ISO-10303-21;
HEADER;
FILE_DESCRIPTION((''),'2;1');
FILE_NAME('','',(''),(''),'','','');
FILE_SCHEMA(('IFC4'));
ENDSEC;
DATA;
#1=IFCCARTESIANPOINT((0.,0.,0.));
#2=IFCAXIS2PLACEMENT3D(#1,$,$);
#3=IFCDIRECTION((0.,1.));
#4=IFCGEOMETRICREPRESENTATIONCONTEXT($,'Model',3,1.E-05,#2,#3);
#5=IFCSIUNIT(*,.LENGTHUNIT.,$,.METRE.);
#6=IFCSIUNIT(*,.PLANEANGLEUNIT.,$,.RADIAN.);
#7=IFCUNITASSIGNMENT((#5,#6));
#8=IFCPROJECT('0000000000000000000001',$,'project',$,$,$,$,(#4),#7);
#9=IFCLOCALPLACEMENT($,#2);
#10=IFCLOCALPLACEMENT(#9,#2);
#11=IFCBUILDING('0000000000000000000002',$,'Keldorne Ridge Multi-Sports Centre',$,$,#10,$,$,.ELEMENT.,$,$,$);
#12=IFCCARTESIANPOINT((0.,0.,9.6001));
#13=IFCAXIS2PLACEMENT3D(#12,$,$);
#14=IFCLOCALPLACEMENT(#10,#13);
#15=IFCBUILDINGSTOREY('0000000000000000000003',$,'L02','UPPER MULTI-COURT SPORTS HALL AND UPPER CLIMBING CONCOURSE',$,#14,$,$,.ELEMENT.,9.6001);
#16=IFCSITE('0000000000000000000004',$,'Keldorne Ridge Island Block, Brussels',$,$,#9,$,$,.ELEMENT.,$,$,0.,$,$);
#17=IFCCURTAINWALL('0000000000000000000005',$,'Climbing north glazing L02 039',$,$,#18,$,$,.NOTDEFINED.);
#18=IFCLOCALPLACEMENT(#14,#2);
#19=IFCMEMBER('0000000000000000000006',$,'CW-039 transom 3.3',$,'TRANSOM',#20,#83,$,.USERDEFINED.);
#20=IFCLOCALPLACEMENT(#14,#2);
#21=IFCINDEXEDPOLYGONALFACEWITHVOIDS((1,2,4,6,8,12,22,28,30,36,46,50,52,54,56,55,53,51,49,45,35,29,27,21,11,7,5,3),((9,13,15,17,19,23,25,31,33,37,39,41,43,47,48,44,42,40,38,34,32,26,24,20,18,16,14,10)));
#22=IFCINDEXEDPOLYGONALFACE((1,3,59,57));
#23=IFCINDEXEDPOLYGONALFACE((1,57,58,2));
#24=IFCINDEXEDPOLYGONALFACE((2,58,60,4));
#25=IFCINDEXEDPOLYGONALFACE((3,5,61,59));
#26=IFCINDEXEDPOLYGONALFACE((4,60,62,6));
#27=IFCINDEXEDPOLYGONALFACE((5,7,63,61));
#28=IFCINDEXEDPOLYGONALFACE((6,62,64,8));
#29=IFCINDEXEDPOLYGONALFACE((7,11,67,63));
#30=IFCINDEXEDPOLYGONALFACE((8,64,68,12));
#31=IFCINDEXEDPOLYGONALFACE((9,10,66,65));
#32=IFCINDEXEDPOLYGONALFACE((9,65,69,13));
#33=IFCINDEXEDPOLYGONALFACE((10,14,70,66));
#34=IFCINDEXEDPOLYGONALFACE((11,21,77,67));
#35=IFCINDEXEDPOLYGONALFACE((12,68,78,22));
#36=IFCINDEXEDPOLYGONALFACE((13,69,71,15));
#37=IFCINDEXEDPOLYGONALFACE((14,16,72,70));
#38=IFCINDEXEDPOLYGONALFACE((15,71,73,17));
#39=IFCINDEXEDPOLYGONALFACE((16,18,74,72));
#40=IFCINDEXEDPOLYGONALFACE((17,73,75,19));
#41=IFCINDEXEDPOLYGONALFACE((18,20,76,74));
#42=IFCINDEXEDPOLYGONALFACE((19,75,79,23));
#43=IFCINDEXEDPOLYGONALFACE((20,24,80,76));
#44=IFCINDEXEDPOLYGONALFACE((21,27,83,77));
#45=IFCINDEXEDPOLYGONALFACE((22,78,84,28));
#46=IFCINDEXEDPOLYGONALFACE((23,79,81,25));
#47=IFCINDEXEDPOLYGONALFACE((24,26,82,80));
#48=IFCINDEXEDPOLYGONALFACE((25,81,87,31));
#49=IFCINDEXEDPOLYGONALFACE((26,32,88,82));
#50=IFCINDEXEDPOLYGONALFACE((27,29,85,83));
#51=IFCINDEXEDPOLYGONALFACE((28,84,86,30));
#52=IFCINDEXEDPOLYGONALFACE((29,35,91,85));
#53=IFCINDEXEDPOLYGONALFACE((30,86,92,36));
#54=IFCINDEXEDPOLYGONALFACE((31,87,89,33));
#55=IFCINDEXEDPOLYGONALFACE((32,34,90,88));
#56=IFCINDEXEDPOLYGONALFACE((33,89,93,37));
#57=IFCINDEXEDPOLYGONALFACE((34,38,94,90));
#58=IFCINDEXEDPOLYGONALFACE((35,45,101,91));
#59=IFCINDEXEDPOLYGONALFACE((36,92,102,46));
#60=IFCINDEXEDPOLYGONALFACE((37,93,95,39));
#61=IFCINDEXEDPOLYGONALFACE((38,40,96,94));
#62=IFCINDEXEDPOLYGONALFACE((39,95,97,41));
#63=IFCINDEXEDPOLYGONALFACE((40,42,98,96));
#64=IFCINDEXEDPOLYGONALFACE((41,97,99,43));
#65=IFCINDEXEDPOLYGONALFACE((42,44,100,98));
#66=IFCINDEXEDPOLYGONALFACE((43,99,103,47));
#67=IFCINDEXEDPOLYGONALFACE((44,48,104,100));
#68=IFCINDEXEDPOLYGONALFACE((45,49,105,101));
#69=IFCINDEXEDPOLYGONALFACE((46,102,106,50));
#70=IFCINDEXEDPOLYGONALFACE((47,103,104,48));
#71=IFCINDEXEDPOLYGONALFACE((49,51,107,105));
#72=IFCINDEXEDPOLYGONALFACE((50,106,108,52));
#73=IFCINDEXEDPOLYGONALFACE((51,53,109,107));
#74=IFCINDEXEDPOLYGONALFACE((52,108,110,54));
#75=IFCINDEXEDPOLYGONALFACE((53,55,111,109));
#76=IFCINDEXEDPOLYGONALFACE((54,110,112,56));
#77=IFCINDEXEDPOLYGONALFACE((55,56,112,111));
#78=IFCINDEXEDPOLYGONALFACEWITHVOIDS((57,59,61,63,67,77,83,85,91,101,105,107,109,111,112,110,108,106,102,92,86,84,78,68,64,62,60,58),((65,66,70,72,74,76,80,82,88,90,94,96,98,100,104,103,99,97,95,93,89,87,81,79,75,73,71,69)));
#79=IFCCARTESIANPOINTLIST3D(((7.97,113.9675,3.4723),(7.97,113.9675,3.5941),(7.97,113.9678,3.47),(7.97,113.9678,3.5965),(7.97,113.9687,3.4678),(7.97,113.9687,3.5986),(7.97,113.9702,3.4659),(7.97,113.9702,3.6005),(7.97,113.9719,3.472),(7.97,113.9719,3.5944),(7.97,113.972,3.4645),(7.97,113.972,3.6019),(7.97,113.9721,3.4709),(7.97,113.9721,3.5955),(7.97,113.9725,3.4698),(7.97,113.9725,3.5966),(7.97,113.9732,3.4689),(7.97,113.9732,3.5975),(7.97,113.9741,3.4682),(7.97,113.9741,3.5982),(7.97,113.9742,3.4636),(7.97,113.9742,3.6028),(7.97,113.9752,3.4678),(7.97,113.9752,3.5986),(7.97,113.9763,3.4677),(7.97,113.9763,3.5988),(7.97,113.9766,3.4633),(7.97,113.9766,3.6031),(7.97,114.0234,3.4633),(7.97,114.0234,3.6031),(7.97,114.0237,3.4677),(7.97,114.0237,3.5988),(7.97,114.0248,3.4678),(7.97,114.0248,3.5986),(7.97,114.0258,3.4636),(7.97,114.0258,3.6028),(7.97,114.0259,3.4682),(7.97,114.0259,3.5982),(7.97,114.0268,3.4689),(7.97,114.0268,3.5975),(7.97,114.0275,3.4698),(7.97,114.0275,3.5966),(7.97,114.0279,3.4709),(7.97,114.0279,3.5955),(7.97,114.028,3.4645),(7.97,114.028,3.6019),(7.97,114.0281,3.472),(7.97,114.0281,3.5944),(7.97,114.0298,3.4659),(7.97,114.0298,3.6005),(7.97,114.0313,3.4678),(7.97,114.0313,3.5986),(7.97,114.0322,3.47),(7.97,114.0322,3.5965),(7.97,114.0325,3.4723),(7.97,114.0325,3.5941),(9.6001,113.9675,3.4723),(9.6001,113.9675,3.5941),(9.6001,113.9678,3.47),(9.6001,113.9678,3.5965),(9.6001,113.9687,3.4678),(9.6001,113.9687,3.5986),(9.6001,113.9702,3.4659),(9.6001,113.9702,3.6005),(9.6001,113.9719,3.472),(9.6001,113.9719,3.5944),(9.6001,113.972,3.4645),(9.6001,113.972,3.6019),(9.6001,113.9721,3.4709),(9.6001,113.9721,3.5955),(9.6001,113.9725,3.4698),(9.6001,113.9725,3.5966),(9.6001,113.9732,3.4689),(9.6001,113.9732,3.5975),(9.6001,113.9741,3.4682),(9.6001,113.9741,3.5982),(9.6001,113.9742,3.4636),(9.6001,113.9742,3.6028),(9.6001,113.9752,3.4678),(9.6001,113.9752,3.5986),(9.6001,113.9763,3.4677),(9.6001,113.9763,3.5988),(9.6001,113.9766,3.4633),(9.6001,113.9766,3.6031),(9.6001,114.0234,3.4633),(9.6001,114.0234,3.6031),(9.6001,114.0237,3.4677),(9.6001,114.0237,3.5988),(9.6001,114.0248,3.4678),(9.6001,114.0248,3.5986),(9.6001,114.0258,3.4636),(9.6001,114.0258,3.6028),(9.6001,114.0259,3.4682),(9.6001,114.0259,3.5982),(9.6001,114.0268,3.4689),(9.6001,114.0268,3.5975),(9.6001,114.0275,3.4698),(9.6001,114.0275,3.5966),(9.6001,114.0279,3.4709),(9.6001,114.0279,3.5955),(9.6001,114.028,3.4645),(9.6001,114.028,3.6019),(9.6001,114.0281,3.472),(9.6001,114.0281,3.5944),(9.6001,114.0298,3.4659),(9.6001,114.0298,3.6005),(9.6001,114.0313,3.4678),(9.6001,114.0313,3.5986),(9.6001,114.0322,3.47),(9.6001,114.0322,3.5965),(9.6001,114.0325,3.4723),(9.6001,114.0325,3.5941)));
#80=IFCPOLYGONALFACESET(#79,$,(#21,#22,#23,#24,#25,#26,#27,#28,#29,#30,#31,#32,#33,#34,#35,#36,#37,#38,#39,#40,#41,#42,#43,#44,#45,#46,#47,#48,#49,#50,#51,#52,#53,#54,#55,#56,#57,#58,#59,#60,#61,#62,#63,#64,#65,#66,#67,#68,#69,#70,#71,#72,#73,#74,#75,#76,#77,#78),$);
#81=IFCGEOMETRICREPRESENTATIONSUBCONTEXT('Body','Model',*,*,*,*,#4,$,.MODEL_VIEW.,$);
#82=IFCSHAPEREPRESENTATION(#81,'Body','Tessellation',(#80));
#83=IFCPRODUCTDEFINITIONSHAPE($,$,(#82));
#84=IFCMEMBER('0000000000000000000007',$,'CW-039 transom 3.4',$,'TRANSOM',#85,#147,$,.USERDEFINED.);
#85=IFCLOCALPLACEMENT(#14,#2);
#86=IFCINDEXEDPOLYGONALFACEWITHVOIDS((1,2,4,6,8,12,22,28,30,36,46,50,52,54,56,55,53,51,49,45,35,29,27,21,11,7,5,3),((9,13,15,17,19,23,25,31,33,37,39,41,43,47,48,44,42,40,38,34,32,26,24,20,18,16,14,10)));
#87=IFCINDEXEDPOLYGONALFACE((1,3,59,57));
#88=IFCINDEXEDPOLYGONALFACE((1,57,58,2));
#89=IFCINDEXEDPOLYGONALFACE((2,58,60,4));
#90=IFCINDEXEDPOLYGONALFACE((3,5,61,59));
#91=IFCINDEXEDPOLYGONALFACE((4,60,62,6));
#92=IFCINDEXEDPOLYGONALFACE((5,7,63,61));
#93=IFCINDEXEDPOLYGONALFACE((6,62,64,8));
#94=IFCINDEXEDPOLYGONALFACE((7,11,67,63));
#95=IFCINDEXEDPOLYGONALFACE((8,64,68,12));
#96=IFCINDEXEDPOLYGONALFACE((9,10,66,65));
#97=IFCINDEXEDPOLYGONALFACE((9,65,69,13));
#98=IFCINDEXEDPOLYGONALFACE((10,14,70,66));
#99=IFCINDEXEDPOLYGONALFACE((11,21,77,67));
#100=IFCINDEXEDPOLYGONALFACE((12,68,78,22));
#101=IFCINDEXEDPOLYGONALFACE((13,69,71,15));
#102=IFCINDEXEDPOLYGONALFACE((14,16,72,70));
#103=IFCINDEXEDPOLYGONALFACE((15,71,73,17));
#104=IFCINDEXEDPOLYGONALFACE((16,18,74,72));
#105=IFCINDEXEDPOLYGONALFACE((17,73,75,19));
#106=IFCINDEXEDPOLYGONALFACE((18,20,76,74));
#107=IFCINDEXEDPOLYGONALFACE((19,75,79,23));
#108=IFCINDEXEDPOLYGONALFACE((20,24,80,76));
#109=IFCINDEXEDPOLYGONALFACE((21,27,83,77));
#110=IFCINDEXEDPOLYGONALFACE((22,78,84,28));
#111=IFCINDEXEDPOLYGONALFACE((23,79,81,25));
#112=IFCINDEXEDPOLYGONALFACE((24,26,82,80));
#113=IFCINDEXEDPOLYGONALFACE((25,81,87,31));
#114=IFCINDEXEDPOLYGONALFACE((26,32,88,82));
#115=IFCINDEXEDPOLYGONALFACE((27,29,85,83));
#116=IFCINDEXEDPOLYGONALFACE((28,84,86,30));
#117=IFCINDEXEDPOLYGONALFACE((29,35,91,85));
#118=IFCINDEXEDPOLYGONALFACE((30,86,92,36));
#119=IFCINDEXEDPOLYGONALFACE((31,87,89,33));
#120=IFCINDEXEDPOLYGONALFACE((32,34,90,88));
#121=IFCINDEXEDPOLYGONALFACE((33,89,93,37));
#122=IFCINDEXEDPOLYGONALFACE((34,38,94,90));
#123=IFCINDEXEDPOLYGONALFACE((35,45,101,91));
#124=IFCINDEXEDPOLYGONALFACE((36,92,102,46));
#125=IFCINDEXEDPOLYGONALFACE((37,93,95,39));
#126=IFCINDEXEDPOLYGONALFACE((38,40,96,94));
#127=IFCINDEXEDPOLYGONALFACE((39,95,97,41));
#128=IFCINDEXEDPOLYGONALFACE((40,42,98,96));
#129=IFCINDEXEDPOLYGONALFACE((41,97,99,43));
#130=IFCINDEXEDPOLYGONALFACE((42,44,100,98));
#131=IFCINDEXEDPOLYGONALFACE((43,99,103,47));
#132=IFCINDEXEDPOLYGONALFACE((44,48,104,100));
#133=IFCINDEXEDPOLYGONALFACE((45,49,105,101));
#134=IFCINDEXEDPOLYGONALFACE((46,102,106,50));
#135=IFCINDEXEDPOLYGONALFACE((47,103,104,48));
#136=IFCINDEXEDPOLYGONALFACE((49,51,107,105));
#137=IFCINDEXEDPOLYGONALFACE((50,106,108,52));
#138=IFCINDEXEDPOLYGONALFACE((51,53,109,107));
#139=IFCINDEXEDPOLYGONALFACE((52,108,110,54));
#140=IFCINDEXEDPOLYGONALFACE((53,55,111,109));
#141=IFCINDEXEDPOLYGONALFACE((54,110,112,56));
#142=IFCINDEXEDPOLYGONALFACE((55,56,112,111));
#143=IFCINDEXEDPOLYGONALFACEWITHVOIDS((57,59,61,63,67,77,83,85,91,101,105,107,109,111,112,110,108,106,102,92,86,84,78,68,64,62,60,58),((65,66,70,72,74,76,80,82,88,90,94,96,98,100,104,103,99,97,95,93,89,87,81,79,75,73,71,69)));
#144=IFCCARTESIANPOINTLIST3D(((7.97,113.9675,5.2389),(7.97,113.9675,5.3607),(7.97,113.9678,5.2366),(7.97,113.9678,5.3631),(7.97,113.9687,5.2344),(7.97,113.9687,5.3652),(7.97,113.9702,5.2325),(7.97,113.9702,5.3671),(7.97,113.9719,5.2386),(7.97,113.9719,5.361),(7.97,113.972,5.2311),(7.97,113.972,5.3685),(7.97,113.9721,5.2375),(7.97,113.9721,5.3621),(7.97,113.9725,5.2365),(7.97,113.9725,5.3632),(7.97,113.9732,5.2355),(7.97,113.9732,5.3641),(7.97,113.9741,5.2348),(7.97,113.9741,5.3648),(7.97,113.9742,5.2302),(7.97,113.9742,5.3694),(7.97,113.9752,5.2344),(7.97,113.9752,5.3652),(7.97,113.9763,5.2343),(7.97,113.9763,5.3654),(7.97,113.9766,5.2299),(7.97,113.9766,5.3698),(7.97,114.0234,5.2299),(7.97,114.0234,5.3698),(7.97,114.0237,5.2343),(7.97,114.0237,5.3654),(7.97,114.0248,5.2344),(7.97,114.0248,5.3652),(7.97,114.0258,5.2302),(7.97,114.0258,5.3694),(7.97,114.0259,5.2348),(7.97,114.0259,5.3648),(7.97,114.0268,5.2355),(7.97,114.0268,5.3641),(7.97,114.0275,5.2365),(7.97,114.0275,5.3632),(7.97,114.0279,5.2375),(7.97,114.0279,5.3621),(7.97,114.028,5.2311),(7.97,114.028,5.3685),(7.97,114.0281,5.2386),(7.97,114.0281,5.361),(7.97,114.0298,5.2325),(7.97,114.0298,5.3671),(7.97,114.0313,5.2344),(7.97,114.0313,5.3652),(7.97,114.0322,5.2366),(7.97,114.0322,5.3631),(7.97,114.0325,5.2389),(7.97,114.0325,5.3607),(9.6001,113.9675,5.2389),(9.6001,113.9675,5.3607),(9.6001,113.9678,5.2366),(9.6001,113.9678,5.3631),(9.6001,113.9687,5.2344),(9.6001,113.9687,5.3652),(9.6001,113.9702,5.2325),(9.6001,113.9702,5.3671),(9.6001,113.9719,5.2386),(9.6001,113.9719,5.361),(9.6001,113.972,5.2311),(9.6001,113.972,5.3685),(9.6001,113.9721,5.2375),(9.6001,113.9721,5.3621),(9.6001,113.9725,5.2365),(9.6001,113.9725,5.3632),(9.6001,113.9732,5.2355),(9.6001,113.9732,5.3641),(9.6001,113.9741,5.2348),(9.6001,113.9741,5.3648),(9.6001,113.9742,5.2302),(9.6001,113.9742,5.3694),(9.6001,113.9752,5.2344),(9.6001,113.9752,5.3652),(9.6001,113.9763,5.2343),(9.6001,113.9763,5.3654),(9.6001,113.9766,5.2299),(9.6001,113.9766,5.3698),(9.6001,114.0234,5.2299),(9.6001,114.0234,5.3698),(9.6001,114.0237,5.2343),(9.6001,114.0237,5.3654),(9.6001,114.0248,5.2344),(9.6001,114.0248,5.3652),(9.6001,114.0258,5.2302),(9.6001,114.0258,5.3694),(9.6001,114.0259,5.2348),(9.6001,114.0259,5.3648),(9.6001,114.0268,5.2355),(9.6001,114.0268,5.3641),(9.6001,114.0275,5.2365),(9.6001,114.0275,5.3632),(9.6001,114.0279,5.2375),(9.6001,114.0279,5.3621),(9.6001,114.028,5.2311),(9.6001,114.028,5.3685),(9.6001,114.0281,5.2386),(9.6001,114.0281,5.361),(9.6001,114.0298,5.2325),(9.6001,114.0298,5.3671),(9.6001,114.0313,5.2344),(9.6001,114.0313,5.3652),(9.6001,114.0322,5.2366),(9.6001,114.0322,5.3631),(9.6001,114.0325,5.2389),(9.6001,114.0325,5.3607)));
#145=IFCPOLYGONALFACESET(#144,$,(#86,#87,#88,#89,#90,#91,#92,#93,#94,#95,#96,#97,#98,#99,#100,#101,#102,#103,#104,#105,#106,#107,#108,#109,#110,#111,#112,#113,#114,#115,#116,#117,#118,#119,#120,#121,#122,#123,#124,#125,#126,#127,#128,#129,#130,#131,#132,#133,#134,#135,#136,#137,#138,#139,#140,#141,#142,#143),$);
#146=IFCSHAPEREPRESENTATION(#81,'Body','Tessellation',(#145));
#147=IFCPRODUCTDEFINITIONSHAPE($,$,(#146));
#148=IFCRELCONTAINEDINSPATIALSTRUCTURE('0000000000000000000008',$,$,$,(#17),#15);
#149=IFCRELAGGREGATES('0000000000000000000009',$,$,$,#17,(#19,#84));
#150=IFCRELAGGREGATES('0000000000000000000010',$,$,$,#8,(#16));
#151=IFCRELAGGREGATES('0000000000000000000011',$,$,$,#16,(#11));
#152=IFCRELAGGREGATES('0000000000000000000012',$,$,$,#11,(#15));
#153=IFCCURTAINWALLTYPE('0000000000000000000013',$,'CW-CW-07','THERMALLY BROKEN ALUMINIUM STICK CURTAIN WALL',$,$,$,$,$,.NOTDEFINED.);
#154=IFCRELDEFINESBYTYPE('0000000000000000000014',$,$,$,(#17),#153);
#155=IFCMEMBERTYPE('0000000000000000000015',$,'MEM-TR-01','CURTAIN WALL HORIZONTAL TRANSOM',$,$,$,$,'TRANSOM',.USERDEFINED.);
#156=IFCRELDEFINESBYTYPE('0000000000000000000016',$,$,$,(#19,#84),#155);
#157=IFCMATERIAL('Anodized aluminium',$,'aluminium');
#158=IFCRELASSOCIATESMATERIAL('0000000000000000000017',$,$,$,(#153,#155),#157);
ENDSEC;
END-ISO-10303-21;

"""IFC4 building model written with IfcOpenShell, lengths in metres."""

from ifc_helpers import new_model, si_unit, direction, frame, origin, origin_2d, place, context, subcontext, project, spatial, hollow_rectangle, extrude, material, material_profile, profile_set, type_object, element, aggregate, save


model = new_model("IFC4")

# Units and contexts
model_context = context("Model", 3, precision=1e-05, world=origin(), true_north=direction((0.0, 1.0)))
body_context = subcontext(model_context, "Body", "Model", "MODEL_VIEW")
ifc_project = project(units=[si_unit("LENGTHUNIT", "METRE"), si_unit("PLANEANGLEUNIT", "RADIAN")], contexts=[model_context])

# Site, building, storey
site_placement = place(None, origin())
site = spatial("IfcSite", under=ifc_project, at=site_placement, Name="Keldorne Ridge Island Block, Brussels", CompositionType="ELEMENT", RefElevation=0.0)
building_placement = place(site_placement, origin())
building = spatial("IfcBuilding", under=site, at=building_placement, Name="Keldorne Ridge Multi-Sports Centre", CompositionType="ELEMENT")
storey_placement = place(building_placement, frame((0.0, 0.0, 9.6001)))
storey = spatial("IfcBuildingStorey", under=building, at=storey_placement, Name="L02", Description="UPPER MULTI-COURT SPORTS HALL AND UPPER CLIMBING CONCOURSE", CompositionType="ELEMENT", Elevation=9.6001)

# Curtain wall
ifc_material_1 = material(Name="Anodized aluminium", Category="aluminium")
curtain_wall_type = type_object("IfcCurtainWallType", Name="CW-CW-07", Description="THERMALLY BROKEN ALUMINIUM STICK CURTAIN WALL", PredefinedType="NOTDEFINED", material=ifc_material_1)
curtain_wall_placement = place(storey_placement, origin())
curtain_wall = element("IfcCurtainWall", 1, at=curtain_wall_placement, inside=storey, type_object=curtain_wall_type, Name="Climbing north glazing L02 039", PredefinedType="NOTDEFINED")

# Members
ifc_material_profile_1 = material_profile(ifc_material_1, hollow_rectangle(XDim=0.0649, YDim=0.1399, WallThickness=0.0044, InnerFilletRadius=0.0044, OuterFilletRadius=0.009, at=origin_2d()), Name="ALU TRANSOM 140x65x4.5")
ifc_profile_set_1 = profile_set([ifc_material_profile_1], Name="Anodized aluminium")
member_type_1 = type_object("IfcMemberType", Name="MEM-TR-01", Description="CURTAIN WALL HORIZONTAL TRANSOM", ElementType="TRANSOM", PredefinedType="USERDEFINED", material=ifc_profile_set_1)
member_1_placement = place(storey_placement, frame((9.6001, 114.0, 3.5332), z_axis=(-1.0, 0.0, 0.0), x_axis=(0.0, -1.0, 0.0)))
member_1 = element("IfcMember", 2, at=member_1_placement, type_object=member_type_1, Name="CW-039 transom 3.3", ObjectType="TRANSOM", PredefinedType="USERDEFINED", context=body_context, shape_type="SweptSolid", body=[
    extrude(hollow_rectangle(XDim=0.0649, YDim=0.1399, WallThickness=0.0044, InnerFilletRadius=0.0044, OuterFilletRadius=0.009, at=origin_2d()), origin(), (0.0, 0.0, 1.0), 1.6301),
])
member_2_placement = place(storey_placement, frame((9.6001, 114.0, 5.2998), z_axis=(-1.0, 0.0, 0.0), x_axis=(0.0, -1.0, 0.0)))
member_2 = element("IfcMember", 3, at=member_2_placement, type_object=member_type_1, Name="CW-039 transom 3.4", ObjectType="TRANSOM", PredefinedType="USERDEFINED", context=body_context, shape_type="SweptSolid", body=[
    extrude(hollow_rectangle(XDim=0.0649, YDim=0.1399, WallThickness=0.0044, InnerFilletRadius=0.0044, OuterFilletRadius=0.009, at=origin_2d()), origin(), (0.0, 0.0, 1.0), 1.6301),
])

aggregate(curtain_wall, [member_1, member_2])

save(model, "model.ifc")
